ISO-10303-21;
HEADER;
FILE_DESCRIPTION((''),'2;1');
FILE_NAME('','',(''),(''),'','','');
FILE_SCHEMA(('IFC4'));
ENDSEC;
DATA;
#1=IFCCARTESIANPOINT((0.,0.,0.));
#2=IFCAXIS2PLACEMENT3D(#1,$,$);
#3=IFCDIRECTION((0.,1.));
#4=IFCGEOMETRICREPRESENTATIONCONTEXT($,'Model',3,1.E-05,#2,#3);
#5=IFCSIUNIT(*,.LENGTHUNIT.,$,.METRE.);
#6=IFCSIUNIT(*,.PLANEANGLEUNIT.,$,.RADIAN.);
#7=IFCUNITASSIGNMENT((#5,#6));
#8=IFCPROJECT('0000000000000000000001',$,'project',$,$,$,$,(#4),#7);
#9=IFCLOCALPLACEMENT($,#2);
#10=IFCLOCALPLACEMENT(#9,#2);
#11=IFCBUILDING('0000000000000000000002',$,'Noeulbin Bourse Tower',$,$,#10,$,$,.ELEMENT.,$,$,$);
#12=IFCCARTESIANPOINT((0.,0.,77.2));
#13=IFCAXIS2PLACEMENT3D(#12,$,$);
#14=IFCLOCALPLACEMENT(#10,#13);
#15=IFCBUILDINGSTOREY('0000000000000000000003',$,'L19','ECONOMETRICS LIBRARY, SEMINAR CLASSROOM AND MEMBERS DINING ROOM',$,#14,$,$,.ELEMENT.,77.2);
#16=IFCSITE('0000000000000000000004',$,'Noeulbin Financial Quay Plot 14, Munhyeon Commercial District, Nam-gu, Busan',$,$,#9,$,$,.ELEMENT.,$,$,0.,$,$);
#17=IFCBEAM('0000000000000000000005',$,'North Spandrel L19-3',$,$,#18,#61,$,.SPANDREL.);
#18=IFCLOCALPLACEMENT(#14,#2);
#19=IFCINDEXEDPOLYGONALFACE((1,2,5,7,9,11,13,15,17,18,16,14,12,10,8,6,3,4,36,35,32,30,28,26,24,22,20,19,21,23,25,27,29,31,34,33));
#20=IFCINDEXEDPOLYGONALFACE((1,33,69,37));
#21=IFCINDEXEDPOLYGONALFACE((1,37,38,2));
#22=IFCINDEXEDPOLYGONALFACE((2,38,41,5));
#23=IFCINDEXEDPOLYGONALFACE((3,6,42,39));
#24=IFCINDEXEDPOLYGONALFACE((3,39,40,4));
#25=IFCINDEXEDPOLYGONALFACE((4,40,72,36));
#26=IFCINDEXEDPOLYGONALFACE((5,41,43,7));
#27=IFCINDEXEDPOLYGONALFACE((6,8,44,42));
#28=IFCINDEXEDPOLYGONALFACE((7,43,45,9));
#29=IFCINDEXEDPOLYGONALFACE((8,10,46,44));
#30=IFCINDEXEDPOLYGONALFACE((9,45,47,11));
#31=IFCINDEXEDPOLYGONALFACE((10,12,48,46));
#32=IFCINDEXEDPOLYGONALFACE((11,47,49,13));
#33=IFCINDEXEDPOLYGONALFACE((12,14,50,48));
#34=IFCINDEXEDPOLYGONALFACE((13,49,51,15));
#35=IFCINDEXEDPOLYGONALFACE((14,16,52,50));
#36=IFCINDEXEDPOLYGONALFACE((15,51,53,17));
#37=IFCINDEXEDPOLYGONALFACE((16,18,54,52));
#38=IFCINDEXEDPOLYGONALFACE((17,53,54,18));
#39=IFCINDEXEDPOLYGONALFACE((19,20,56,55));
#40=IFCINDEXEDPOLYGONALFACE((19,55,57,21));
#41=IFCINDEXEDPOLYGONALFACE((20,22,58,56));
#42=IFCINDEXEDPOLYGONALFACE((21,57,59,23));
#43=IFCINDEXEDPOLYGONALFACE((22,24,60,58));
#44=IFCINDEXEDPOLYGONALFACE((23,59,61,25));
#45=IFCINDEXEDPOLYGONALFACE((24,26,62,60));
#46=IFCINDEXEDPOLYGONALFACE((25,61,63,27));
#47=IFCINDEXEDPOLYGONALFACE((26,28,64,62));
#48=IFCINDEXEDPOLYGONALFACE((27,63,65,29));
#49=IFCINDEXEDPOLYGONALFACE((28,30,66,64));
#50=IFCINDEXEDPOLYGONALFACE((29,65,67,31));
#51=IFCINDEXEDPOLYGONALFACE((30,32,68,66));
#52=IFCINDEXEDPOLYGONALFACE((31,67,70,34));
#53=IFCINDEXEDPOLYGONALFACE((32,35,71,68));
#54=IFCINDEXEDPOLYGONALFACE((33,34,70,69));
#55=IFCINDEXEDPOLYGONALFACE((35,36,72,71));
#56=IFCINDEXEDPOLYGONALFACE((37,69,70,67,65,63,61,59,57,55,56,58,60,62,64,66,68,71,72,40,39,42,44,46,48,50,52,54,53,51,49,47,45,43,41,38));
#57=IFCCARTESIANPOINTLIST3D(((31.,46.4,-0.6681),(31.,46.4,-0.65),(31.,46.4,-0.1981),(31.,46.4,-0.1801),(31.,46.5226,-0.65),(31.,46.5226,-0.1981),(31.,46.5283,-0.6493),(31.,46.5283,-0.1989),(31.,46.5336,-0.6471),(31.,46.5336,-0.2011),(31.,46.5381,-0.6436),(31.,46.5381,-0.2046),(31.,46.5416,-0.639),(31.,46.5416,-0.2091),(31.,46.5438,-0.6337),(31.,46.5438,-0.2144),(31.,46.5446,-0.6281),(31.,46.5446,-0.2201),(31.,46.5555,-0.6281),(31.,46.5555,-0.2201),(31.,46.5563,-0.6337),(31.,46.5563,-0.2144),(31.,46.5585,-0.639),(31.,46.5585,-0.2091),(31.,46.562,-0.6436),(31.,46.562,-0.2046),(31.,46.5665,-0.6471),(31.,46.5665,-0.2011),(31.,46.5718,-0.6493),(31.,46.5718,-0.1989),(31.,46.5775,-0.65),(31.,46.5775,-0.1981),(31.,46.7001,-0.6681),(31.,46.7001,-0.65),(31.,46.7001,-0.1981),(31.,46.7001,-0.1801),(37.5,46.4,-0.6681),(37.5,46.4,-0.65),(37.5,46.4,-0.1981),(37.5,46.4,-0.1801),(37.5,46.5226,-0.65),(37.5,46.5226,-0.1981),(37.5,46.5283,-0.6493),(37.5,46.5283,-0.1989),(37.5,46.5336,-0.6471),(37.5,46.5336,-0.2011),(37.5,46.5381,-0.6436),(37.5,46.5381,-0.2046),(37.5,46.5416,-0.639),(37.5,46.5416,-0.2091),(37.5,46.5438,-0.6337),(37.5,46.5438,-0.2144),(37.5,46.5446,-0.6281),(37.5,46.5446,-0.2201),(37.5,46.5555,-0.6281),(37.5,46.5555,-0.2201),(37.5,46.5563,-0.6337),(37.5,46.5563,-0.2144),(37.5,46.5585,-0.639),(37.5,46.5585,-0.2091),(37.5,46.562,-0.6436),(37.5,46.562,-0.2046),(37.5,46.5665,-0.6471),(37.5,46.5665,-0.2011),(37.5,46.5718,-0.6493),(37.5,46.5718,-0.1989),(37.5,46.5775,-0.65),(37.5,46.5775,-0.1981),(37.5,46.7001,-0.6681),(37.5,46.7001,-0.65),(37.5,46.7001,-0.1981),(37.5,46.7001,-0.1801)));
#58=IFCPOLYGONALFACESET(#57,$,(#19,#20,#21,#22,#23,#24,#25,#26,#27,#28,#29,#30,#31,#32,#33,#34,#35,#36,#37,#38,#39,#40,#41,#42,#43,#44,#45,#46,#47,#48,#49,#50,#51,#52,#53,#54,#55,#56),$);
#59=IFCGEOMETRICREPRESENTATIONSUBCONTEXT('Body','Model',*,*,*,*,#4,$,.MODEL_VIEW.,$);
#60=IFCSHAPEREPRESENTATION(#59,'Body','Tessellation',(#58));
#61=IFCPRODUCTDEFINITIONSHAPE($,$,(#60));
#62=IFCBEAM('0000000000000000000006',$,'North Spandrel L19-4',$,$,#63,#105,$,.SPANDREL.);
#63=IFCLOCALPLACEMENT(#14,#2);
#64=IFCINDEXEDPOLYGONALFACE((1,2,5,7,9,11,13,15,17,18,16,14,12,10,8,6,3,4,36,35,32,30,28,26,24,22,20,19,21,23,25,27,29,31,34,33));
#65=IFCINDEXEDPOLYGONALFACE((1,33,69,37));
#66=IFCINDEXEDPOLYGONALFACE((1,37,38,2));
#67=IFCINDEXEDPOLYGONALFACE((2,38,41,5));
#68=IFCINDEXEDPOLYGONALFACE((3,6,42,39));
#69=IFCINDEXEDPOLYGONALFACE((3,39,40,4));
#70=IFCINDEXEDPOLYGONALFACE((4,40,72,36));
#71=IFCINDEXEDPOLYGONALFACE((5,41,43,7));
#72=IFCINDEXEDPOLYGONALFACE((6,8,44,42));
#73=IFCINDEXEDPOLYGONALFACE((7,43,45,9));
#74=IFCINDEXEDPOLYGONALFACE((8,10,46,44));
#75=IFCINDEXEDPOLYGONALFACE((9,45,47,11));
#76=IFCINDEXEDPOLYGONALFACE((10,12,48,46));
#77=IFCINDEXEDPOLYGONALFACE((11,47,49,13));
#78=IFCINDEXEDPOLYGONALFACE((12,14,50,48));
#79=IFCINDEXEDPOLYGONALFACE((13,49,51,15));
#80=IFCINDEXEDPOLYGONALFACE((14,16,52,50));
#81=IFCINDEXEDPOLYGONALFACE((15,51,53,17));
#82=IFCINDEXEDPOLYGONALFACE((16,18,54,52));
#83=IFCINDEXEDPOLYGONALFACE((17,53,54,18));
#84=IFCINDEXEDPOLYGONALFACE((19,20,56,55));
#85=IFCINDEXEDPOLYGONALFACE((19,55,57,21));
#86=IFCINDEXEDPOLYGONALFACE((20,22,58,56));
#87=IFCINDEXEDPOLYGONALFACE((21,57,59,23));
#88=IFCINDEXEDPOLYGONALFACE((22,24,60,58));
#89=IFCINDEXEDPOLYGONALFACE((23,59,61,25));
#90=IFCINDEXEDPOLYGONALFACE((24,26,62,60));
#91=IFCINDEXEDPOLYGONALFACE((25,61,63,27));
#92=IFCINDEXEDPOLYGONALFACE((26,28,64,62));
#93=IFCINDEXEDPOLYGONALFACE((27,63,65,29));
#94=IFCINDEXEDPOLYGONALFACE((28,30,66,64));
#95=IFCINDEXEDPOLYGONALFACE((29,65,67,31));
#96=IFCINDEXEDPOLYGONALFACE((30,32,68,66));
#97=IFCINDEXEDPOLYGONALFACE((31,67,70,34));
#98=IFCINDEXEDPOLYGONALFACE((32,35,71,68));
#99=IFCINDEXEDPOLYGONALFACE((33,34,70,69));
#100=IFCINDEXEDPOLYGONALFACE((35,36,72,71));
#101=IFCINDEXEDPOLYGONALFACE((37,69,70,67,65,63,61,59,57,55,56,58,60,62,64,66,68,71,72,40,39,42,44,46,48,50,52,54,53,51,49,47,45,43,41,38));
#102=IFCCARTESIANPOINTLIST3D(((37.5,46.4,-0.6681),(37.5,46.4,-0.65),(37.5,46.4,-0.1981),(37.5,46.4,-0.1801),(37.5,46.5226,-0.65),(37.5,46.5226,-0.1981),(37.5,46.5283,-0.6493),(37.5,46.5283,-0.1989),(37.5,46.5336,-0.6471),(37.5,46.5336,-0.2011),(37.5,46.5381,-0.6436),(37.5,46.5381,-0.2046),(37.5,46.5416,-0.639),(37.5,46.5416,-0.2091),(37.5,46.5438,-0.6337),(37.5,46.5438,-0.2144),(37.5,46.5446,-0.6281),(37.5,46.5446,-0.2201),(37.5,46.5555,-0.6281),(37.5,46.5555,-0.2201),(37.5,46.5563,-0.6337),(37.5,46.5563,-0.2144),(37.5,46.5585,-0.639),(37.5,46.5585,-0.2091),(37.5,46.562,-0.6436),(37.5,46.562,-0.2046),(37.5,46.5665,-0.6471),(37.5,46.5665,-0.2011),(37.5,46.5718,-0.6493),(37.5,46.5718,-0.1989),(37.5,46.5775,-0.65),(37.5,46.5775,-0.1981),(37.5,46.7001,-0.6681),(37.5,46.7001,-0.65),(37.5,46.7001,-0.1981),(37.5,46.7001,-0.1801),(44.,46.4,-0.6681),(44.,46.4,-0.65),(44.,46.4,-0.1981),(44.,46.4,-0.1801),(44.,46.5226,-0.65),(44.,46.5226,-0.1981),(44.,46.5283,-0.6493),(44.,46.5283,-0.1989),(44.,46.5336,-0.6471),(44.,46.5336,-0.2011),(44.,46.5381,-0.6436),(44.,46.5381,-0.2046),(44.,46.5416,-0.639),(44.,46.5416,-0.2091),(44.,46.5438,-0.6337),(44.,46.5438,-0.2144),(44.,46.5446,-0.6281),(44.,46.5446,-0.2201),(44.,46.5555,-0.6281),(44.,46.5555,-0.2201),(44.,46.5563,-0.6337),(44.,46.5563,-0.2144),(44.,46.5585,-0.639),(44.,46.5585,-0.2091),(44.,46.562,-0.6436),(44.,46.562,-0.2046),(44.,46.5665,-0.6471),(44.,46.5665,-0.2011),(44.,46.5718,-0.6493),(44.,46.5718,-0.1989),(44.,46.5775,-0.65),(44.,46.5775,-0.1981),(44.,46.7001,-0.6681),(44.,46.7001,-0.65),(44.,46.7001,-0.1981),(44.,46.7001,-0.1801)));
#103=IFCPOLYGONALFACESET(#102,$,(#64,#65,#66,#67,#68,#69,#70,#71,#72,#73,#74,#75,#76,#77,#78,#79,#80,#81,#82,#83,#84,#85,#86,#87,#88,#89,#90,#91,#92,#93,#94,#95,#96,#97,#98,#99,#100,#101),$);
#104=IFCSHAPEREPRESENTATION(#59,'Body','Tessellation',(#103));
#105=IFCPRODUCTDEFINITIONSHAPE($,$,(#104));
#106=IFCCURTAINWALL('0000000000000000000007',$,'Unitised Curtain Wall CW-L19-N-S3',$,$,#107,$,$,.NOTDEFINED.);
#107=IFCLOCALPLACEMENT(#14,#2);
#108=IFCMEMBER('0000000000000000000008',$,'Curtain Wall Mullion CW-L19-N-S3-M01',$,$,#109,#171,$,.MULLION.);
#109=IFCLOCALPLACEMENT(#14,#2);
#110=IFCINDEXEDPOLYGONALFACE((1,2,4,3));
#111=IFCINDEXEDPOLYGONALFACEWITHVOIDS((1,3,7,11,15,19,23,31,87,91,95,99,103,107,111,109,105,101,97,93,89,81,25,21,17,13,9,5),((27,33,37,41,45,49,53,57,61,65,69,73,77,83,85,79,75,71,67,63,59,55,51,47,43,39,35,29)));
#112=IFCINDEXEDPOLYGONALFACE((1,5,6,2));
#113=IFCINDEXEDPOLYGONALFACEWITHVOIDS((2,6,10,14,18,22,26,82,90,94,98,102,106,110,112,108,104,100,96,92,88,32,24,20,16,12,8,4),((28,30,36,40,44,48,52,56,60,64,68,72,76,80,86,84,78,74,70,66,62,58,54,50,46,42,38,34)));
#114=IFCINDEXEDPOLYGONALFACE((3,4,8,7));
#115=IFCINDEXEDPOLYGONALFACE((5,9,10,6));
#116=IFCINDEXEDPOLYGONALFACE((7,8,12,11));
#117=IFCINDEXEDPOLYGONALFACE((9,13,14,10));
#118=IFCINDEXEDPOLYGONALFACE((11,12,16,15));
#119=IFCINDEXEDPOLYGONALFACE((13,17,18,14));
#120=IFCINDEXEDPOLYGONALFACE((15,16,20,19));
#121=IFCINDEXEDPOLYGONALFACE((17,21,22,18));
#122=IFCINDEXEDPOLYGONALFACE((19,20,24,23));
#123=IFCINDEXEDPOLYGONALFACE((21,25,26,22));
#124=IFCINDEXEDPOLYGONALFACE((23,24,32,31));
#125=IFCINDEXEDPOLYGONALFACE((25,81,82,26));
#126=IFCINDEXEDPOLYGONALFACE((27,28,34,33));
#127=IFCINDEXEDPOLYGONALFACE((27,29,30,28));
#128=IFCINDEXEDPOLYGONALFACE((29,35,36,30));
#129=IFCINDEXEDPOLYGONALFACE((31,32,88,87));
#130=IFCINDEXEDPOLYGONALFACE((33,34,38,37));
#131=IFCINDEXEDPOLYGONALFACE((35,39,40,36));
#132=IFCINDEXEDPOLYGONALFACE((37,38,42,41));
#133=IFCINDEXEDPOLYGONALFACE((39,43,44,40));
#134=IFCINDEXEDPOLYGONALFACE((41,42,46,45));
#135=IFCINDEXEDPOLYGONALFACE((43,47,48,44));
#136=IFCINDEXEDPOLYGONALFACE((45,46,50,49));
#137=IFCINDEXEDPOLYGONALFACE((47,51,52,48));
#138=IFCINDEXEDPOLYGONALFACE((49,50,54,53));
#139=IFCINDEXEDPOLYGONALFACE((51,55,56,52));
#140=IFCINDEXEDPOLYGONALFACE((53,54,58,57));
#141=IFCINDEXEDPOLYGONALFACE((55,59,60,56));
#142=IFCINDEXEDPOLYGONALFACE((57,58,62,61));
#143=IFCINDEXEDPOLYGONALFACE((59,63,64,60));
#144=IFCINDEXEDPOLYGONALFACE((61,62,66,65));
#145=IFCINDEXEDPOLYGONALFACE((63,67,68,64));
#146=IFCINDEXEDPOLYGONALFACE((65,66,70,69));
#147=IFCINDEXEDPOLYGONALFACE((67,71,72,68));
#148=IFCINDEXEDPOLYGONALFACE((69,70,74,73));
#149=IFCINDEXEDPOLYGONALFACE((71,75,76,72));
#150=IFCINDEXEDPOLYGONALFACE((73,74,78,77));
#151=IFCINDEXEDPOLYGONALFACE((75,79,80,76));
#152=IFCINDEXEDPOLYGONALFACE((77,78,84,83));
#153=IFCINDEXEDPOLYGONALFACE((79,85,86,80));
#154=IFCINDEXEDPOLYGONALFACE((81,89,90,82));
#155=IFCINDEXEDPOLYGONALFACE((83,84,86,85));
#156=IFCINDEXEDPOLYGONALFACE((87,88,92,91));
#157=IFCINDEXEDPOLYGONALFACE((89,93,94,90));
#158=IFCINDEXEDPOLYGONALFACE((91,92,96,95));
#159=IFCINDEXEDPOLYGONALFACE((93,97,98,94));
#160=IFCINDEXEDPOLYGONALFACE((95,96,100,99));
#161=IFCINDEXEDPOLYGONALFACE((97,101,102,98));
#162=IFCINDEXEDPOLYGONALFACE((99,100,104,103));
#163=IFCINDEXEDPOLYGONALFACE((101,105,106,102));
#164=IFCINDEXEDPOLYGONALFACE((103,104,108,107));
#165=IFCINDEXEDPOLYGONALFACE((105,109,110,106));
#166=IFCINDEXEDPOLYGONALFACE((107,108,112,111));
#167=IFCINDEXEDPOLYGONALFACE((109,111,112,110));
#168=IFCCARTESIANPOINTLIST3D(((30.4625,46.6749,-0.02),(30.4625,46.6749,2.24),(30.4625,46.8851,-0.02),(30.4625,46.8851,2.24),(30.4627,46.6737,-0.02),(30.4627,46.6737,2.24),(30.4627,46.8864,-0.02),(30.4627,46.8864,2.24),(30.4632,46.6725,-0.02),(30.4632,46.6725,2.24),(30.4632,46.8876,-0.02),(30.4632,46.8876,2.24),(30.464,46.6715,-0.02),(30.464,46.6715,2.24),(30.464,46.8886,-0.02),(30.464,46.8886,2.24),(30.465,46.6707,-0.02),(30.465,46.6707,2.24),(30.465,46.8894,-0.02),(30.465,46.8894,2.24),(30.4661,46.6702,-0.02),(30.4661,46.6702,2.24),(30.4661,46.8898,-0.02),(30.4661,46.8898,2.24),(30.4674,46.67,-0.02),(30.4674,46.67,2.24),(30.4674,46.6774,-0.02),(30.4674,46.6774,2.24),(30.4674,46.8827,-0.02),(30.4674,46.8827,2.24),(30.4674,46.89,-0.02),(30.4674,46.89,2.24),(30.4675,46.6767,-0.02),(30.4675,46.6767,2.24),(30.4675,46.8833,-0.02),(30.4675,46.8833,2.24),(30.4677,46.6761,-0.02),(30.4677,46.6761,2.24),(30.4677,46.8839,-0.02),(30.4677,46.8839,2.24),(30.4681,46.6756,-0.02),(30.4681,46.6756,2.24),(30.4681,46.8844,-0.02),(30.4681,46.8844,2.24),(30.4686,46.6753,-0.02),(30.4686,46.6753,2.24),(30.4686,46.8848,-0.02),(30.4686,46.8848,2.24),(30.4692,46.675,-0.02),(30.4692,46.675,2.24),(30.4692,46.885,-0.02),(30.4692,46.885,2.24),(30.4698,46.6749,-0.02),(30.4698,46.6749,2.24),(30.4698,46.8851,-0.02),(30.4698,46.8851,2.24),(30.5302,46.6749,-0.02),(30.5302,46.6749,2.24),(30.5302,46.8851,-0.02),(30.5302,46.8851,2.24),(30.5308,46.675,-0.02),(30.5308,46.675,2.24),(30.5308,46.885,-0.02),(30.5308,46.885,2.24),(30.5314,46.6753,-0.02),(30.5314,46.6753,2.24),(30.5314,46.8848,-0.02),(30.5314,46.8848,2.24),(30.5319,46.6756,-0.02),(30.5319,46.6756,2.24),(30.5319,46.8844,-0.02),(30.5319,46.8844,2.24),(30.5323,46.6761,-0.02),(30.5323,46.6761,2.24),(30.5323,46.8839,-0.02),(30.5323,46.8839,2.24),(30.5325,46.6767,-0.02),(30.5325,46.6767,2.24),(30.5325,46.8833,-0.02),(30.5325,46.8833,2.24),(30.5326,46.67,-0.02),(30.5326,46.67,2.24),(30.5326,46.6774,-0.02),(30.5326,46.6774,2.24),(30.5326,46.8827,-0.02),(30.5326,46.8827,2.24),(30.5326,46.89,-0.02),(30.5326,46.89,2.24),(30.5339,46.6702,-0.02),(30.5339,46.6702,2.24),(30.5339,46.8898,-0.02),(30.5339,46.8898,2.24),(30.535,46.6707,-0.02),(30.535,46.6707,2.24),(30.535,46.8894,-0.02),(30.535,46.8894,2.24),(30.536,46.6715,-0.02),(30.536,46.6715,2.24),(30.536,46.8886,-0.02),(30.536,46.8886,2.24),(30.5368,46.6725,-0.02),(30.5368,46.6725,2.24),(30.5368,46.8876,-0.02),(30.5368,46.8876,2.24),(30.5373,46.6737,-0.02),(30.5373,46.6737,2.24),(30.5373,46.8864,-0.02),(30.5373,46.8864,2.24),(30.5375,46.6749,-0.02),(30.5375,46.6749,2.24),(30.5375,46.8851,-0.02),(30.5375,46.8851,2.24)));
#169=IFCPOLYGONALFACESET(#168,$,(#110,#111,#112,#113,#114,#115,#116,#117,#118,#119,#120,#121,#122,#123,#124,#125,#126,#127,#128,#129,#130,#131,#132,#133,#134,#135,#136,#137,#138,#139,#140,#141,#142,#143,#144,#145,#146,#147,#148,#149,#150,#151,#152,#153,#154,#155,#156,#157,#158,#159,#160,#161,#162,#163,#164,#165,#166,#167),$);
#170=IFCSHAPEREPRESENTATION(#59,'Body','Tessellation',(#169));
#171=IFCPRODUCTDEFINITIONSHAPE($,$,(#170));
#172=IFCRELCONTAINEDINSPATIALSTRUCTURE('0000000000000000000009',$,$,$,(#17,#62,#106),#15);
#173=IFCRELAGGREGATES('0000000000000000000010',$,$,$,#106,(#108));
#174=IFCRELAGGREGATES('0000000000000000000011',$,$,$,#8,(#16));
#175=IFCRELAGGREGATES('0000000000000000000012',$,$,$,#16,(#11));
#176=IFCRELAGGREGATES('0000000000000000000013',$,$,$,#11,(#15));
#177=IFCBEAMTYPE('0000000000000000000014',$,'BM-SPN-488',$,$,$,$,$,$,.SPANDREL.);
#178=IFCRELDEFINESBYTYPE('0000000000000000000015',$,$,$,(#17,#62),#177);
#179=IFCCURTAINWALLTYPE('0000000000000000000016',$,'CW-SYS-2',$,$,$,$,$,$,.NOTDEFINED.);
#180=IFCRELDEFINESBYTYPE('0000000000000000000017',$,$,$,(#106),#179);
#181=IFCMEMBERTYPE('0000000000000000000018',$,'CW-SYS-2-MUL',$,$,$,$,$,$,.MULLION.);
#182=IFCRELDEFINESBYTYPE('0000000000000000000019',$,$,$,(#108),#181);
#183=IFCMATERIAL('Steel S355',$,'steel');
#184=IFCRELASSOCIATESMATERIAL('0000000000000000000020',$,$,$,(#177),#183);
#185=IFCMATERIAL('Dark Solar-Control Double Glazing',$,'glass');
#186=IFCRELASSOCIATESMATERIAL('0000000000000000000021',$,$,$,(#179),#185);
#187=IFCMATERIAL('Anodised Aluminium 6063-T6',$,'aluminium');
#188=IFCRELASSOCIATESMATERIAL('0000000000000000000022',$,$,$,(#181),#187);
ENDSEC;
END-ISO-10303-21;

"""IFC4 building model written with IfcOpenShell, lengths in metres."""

from ifc_helpers import new_model, si_unit, direction, frame, origin, origin_2d, place, context, subcontext, project, spatial, hollow_rectangle, i_section, extrude, material, material_profile, profile_set, type_object, element, aggregate, save


model = new_model("IFC4")

# Units and contexts
model_context = context("Model", 3, precision=1e-05, world=origin(), true_north=direction((0.0, 1.0)))
body_context = subcontext(model_context, "Body", "Model", "MODEL_VIEW")
ifc_project = project(units=[si_unit("LENGTHUNIT", "METRE"), si_unit("PLANEANGLEUNIT", "RADIAN")], contexts=[model_context])

# Site, building, storey
site_placement = place(None, origin())
site = spatial("IfcSite", under=ifc_project, at=site_placement, Name="Noeulbin Financial Quay Plot 14, Munhyeon Commercial District, Nam-gu, Busan", CompositionType="ELEMENT", RefElevation=0.0)
building_placement = place(site_placement, origin())
building = spatial("IfcBuilding", under=site, at=building_placement, Name="Noeulbin Bourse Tower", CompositionType="ELEMENT")
storey_placement = place(building_placement, frame((0.0, 0.0, 77.2)))
storey = spatial("IfcBuildingStorey", under=building, at=storey_placement, Name="L19", Description="ECONOMETRICS LIBRARY, SEMINAR CLASSROOM AND MEMBERS DINING ROOM", CompositionType="ELEMENT", Elevation=77.2)

# Beams
ifc_material_1 = material(Name="Steel S355", Category="steel")
ifc_material_profile_1 = material_profile(ifc_material_1, i_section(OverallWidth=0.3, OverallDepth=0.488, WebThickness=0.011, FlangeThickness=0.0181, FilletRadius=0.022, at=origin_2d()), Name="H-488x300x11x18", Category="LoadBearing")
ifc_profile_set_1 = profile_set([ifc_material_profile_1], Name="Steel S355")
beam_type_1 = type_object("IfcBeamType", Name="BM-SPN-488", PredefinedType="SPANDREL", material=ifc_profile_set_1)
for number, where, z_axis, x_axis, name in (
    (1, (31.0, 46.55, -0.4241), (1.0, 0.0, 0.0), (0.0, 1.0, 0.0), "North Spandrel L19-3"),
    (2, (37.5, 46.55, -0.4241), (1.0, 0.0, 0.0), (0.0, 1.0, 0.0), "North Spandrel L19-4"),
):
    element("IfcBeam", number, at=place(storey_placement, frame(where, z_axis=z_axis, x_axis=x_axis)), inside=storey, type_object=beam_type_1, Name=name, PredefinedType="SPANDREL", context=body_context, shape_type="SweptSolid", body=[
        extrude(i_section(OverallWidth=0.3, OverallDepth=0.488, WebThickness=0.011, FlangeThickness=0.0181, FilletRadius=0.022, at=origin_2d()), origin(), (0.0, 0.0, 1.0), 6.5),
    ])

# Curtain wall, member
ifc_material_2 = material(Name="Dark Solar-Control Double Glazing", Category="glass")
curtain_wall_type = type_object("IfcCurtainWallType", Name="CW-SYS-2", PredefinedType="NOTDEFINED", material=ifc_material_2)
curtain_wall_1_placement = place(storey_placement, origin())
curtain_wall_1 = element("IfcCurtainWall", 3, at=curtain_wall_1_placement, inside=storey, type_object=curtain_wall_type, Name="Unitised Curtain Wall CW-L19-N-S3", PredefinedType="NOTDEFINED")
ifc_material_3 = material(Name="Anodised Aluminium 6063-T6", Category="aluminium")
ifc_material_profile_2 = material_profile(ifc_material_3, hollow_rectangle(XDim=0.075, YDim=0.22, WallThickness=0.0049, InnerFilletRadius=0.0024, OuterFilletRadius=0.0049, at=origin_2d()), Name="ALU-MULL-75x220x5", Category="LoadBearing")
ifc_profile_set_2 = profile_set([ifc_material_profile_2], Name="Anodised Aluminium 6063-T6")
member_type_1 = type_object("IfcMemberType", Name="CW-SYS-2-MUL", PredefinedType="MULLION", material=ifc_profile_set_2)
member_1_placement = place(storey_placement, frame((30.5, 46.78, -0.02), z_axis=(0.0, 0.0, 1.0), x_axis=(1.0, 0.0, 0.0)))
member_1 = element("IfcMember", 4, at=member_1_placement, type_object=member_type_1, Name="Curtain Wall Mullion CW-L19-N-S3-M01", PredefinedType="MULLION", context=body_context, shape_type="SweptSolid", body=[
    extrude(hollow_rectangle(XDim=0.075, YDim=0.22, WallThickness=0.0049, InnerFilletRadius=0.0024, OuterFilletRadius=0.0049, at=origin_2d()), origin(), (0.0, 0.0, 1.0), 2.26),
])
aggregate(curtain_wall_1, [member_1])

save(model, "model.ifc")
